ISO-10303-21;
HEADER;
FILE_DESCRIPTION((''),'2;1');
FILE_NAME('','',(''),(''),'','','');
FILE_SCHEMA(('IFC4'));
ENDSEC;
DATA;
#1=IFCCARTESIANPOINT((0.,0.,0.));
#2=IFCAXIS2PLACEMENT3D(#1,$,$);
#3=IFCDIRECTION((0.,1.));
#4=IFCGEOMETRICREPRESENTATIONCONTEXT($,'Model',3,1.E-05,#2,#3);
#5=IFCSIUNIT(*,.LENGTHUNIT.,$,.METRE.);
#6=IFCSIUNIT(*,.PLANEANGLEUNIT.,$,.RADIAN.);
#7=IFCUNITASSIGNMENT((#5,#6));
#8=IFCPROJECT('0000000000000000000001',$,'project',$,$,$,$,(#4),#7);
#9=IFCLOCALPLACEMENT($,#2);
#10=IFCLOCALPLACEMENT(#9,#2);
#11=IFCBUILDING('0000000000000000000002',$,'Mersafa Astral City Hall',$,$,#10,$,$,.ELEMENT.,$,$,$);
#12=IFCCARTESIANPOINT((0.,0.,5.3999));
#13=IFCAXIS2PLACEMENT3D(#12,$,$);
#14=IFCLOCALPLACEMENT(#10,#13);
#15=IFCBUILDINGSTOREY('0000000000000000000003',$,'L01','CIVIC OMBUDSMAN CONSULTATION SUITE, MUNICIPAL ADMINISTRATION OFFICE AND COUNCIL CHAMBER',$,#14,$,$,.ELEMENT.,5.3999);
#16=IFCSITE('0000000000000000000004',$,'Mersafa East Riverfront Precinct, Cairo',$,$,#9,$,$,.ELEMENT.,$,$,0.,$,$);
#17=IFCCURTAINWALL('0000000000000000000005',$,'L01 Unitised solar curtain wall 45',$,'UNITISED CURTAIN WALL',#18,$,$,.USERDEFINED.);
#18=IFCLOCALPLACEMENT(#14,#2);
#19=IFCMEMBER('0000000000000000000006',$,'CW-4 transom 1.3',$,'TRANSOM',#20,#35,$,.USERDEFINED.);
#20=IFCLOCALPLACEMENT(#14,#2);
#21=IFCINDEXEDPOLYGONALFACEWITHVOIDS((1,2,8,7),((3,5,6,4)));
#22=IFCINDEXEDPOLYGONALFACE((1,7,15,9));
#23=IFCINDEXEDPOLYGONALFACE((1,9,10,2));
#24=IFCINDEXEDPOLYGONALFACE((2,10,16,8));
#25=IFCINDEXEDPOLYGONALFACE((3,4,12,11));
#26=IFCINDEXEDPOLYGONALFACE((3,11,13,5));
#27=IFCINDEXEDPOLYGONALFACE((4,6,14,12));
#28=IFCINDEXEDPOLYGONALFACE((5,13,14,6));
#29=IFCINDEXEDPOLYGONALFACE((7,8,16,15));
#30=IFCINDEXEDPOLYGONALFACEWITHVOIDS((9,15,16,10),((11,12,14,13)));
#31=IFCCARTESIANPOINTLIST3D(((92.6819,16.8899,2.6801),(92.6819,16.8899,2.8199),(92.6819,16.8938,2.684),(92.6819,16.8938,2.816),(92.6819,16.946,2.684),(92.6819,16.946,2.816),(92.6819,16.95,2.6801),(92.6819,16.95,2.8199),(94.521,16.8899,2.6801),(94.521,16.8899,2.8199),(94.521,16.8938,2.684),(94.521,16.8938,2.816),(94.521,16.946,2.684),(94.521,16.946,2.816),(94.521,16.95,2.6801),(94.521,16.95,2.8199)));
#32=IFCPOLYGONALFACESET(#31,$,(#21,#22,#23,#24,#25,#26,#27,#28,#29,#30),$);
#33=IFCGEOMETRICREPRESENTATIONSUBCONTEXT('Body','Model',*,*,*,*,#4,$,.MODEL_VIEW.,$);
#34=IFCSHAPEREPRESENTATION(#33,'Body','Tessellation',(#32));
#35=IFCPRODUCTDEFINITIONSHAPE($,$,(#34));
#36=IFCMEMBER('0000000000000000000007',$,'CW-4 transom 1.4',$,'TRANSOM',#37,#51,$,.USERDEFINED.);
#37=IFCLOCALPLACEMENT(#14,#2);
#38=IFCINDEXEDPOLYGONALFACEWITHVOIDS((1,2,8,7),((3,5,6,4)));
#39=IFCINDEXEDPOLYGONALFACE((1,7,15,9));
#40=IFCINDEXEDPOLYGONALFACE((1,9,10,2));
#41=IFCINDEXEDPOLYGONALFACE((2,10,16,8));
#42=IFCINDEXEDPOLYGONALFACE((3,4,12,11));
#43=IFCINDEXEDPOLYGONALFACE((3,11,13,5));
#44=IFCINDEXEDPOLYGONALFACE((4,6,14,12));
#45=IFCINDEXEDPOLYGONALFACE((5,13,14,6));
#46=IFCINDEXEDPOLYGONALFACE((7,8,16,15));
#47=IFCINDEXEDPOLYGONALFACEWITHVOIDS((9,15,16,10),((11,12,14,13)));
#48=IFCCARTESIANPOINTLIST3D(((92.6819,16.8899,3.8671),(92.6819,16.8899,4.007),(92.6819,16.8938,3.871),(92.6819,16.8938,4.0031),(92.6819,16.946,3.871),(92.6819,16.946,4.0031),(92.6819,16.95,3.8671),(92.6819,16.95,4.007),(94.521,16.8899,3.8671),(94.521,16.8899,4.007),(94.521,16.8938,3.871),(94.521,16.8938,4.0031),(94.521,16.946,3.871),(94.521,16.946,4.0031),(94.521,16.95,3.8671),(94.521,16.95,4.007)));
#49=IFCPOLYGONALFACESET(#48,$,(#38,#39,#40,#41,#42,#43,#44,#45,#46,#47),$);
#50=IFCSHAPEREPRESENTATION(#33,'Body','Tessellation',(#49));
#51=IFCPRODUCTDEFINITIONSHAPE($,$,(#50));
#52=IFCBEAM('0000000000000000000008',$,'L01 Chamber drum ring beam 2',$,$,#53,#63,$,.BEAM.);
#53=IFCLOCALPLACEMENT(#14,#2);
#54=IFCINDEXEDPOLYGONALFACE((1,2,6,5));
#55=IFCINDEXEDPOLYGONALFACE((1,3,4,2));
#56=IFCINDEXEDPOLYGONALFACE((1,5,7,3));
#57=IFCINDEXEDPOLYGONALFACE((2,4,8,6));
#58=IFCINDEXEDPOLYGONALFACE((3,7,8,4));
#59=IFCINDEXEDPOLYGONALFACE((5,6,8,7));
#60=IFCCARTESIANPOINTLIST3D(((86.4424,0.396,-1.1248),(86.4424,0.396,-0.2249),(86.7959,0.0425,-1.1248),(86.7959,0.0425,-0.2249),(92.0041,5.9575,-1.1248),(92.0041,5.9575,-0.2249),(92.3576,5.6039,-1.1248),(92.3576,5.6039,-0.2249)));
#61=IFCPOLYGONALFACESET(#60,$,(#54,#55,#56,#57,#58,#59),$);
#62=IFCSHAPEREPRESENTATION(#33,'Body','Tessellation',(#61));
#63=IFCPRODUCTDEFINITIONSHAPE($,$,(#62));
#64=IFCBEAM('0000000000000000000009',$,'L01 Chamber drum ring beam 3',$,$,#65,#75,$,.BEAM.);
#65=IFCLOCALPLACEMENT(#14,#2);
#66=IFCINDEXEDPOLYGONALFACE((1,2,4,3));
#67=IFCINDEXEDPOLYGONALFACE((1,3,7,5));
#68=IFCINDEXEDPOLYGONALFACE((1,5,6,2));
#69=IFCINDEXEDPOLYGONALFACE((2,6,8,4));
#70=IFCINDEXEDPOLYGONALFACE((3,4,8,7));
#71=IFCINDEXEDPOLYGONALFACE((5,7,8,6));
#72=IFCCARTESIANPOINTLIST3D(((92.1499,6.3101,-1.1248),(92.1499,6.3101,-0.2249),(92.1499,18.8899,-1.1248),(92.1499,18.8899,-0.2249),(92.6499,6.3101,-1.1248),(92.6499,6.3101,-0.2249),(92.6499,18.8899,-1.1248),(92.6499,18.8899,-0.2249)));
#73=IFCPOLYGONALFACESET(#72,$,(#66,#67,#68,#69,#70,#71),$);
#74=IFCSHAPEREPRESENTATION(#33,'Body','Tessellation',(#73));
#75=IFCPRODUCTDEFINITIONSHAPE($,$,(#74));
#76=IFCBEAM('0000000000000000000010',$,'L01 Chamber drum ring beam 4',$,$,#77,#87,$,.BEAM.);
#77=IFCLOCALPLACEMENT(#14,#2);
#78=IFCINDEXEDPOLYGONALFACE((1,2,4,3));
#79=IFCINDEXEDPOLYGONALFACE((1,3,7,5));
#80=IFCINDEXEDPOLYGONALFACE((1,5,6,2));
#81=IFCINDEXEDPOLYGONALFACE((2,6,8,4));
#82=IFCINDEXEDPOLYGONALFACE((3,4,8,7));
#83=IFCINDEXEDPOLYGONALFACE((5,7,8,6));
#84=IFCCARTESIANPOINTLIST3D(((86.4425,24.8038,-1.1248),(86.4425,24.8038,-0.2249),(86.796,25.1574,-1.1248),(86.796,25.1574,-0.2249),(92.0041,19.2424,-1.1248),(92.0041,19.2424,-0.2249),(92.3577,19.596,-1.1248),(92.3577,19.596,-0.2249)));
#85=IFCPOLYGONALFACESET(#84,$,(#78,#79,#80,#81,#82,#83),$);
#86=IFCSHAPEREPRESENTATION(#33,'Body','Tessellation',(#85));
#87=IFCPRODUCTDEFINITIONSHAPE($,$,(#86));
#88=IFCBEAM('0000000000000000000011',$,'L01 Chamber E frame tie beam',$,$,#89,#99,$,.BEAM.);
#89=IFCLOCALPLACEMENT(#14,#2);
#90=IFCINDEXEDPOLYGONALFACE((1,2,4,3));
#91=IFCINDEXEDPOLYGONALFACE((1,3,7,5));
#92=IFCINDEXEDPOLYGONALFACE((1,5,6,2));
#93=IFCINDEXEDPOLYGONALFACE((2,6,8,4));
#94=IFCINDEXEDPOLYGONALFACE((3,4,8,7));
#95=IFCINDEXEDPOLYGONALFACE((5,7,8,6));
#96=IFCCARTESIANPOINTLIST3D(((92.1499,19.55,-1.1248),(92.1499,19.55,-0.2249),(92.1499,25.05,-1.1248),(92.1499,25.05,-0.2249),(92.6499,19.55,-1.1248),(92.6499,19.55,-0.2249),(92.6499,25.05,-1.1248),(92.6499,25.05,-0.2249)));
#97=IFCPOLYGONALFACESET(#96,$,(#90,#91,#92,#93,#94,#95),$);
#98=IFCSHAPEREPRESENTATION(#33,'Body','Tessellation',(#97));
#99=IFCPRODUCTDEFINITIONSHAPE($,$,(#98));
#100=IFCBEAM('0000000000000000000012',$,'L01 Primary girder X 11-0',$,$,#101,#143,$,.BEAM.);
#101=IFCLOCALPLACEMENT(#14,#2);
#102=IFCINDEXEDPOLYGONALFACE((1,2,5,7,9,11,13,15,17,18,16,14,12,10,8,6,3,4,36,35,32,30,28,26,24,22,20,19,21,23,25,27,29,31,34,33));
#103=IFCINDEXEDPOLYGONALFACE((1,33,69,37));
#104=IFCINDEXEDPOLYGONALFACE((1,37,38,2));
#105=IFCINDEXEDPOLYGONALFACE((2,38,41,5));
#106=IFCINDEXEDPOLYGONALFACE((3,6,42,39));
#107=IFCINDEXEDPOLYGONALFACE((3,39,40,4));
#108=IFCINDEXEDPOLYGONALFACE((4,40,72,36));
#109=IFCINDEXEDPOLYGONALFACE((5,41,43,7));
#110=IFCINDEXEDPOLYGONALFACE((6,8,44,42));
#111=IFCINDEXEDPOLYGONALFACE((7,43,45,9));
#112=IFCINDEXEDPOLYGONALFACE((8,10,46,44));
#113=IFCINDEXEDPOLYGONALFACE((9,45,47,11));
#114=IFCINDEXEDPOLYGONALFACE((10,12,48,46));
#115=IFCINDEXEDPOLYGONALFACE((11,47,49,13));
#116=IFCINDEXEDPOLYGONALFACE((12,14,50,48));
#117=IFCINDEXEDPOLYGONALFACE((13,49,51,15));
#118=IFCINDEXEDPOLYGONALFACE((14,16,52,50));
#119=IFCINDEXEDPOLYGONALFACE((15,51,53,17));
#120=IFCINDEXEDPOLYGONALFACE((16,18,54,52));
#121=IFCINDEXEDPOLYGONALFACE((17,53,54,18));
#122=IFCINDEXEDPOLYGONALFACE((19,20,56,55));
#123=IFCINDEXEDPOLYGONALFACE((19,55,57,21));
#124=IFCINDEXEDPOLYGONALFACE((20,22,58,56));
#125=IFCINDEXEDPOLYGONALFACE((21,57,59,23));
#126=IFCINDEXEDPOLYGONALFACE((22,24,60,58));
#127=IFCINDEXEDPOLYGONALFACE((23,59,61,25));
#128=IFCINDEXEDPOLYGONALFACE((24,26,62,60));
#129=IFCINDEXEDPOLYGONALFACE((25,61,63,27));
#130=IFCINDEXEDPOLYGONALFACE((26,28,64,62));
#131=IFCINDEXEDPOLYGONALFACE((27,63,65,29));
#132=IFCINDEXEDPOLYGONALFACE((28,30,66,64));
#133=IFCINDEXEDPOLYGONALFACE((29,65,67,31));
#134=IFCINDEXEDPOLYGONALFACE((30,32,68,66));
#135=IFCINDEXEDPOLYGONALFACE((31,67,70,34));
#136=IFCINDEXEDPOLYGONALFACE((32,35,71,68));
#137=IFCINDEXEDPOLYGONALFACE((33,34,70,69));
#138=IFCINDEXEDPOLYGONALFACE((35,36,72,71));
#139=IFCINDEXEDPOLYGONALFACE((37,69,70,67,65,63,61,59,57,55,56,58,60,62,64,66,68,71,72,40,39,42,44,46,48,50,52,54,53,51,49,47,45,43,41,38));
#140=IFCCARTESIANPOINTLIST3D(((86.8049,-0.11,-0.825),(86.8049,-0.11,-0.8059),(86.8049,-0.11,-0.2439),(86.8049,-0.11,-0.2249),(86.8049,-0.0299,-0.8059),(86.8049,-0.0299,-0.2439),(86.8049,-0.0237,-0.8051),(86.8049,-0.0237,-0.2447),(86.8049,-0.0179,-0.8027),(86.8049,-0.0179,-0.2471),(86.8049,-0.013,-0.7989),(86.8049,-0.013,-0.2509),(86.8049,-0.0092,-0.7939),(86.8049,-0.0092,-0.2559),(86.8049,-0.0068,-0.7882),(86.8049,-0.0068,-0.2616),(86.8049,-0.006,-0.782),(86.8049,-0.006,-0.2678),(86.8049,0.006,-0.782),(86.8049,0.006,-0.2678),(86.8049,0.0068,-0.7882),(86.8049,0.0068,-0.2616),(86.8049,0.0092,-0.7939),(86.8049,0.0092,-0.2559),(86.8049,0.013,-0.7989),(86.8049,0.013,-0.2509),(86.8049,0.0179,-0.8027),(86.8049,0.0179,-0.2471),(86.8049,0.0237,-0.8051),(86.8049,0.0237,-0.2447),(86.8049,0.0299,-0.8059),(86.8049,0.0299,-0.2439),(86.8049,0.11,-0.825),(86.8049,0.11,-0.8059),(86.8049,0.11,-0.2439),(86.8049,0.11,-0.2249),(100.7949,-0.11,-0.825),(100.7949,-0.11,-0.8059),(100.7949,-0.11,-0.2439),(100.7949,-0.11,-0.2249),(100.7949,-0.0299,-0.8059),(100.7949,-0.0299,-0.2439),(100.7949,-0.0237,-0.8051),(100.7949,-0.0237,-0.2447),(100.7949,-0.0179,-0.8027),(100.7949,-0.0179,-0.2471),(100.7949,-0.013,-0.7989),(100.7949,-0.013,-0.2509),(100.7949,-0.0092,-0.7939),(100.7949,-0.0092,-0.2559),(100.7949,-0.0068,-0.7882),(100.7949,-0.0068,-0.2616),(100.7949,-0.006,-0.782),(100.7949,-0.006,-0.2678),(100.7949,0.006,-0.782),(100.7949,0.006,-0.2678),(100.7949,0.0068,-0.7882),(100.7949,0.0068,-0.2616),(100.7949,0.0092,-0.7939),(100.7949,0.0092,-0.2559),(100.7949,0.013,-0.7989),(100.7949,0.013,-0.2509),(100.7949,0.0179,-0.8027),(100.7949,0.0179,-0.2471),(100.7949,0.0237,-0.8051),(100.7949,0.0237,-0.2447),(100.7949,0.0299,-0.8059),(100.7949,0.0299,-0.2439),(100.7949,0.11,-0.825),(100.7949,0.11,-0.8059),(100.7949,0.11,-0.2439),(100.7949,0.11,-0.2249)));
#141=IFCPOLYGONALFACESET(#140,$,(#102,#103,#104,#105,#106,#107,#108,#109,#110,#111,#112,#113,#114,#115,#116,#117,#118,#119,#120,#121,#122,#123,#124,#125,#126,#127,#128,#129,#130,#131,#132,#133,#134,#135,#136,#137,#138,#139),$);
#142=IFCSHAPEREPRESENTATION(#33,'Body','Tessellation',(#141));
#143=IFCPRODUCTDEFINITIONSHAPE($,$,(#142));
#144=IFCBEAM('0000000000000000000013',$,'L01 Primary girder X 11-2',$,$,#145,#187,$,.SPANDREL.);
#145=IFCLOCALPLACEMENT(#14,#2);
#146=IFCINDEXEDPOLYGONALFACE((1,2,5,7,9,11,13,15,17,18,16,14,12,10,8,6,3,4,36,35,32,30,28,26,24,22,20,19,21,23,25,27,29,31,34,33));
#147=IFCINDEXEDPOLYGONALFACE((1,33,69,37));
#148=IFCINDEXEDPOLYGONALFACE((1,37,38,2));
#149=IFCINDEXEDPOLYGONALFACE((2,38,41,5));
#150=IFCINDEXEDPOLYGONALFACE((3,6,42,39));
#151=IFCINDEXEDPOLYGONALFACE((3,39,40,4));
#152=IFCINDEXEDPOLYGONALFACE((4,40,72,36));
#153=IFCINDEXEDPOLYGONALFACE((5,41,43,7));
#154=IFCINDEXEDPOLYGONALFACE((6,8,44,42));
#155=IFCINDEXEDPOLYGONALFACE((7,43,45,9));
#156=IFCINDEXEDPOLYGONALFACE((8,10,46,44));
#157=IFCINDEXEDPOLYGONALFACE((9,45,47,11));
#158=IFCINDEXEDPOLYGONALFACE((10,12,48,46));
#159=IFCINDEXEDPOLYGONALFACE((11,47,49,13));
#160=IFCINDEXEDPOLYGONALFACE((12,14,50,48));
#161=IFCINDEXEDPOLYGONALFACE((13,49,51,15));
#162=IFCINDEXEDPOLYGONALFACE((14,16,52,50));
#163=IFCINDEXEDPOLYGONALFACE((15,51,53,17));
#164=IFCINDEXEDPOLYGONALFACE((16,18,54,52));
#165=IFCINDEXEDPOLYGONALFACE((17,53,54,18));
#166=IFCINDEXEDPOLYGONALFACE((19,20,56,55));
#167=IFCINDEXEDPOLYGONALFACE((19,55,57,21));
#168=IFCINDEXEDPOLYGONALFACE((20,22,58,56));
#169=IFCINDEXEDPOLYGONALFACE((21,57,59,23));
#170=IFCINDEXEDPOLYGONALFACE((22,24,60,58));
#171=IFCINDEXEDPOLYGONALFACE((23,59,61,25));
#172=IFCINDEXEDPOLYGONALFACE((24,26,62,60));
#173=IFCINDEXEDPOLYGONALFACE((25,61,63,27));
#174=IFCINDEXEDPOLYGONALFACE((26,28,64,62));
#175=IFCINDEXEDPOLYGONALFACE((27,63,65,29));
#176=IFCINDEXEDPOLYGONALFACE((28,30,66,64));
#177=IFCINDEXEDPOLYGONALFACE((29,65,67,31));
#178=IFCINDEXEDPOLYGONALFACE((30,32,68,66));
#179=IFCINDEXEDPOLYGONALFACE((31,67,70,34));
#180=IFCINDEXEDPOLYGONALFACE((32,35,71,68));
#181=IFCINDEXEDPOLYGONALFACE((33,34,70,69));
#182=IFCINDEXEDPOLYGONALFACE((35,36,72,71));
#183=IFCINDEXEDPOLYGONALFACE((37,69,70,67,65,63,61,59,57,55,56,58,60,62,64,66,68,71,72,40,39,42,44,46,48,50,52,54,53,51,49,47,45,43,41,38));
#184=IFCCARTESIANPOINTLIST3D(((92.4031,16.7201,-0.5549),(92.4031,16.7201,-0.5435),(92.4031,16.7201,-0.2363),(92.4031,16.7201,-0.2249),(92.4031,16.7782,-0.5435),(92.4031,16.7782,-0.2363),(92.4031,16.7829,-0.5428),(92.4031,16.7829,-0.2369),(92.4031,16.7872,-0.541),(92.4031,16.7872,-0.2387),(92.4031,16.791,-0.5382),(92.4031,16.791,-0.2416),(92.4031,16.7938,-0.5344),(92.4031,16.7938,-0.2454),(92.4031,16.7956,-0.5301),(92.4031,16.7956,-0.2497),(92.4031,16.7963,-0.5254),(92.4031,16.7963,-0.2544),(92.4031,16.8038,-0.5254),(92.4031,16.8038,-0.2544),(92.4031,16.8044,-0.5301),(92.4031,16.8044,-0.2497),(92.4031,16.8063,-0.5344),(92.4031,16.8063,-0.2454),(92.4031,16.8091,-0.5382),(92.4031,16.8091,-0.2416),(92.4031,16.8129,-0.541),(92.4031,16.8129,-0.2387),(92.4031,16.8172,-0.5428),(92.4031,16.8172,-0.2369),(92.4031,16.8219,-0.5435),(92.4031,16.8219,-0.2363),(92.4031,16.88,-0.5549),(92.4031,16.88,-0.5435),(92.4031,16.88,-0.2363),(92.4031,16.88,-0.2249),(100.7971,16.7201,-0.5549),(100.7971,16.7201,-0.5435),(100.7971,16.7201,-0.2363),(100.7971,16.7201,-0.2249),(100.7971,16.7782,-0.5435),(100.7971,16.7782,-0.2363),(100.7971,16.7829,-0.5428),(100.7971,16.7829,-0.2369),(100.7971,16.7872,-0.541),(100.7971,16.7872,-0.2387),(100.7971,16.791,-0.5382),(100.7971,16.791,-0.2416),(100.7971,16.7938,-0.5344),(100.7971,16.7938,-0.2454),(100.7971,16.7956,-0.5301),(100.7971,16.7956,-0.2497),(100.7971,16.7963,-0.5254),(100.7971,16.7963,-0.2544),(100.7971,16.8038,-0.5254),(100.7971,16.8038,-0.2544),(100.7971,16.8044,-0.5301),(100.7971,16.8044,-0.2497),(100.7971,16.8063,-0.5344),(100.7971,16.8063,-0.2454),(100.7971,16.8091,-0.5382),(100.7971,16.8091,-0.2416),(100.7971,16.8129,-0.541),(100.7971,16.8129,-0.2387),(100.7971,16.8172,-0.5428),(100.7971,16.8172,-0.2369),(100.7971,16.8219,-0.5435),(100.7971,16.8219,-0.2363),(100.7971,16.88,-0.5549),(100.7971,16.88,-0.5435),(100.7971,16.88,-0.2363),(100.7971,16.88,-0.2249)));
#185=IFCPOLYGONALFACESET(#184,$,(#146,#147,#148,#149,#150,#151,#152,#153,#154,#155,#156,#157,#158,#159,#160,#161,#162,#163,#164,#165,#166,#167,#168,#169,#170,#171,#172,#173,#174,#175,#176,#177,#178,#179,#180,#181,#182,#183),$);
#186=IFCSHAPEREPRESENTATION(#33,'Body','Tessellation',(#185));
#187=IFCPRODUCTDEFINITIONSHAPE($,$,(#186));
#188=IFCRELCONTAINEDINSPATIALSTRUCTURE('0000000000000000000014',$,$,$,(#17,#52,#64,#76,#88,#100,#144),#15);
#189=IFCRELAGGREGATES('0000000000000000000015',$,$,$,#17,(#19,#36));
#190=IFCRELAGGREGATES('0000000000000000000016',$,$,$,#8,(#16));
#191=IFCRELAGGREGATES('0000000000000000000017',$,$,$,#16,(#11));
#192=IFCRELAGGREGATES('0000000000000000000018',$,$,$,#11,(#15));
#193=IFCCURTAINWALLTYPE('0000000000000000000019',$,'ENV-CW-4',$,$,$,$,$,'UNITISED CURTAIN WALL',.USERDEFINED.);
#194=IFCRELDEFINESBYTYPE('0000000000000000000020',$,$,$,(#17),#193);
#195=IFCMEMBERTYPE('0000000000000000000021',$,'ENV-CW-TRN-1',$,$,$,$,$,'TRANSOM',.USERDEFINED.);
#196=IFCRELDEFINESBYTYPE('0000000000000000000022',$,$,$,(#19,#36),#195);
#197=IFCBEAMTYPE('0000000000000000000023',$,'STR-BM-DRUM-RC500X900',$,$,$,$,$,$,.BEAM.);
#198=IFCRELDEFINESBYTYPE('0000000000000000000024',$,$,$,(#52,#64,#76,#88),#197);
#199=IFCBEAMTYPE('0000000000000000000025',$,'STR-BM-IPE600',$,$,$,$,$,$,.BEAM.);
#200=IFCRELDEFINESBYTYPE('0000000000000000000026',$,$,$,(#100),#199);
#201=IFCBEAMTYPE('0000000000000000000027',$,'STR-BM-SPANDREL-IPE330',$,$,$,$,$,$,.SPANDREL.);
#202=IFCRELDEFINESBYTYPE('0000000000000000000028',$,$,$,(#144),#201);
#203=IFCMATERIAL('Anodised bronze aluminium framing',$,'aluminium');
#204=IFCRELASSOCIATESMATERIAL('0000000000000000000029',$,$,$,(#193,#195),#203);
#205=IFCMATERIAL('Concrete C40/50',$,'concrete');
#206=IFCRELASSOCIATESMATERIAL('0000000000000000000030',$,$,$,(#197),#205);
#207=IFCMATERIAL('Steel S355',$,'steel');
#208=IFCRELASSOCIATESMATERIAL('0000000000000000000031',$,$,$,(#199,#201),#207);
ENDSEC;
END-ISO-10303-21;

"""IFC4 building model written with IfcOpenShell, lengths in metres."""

from ifc_helpers import new_model, si_unit, direction, frame, origin, origin_2d, place, context, subcontext, project, spatial, rectangle, hollow_rectangle, i_section, extrude, material, material_profile, profile_set, type_object, element, aggregate, save


model = new_model("IFC4")

# Units and contexts
model_context = context("Model", 3, precision=1e-05, world=origin(), true_north=direction((0.0, 1.0)))
body_context = subcontext(model_context, "Body", "Model", "MODEL_VIEW")
ifc_project = project(units=[si_unit("LENGTHUNIT", "METRE"), si_unit("PLANEANGLEUNIT", "RADIAN")], contexts=[model_context])

# Site, building, storey
site_placement = place(None, origin())
site = spatial("IfcSite", under=ifc_project, at=site_placement, Name="Mersafa East Riverfront Precinct, Cairo", CompositionType="ELEMENT", RefElevation=0.0)
building_placement = place(site_placement, origin())
building = spatial("IfcBuilding", under=site, at=building_placement, Name="Mersafa Astral City Hall", CompositionType="ELEMENT")
storey_placement = place(building_placement, frame((0.0, 0.0, 5.3999)))
storey = spatial("IfcBuildingStorey", under=building, at=storey_placement, Name="L01", Description="CIVIC OMBUDSMAN CONSULTATION SUITE, MUNICIPAL ADMINISTRATION OFFICE AND COUNCIL CHAMBER", CompositionType="ELEMENT", Elevation=5.3999)

# Shared definitions
ifc_material_1 = material(Name="Steel S355", Category="steel")
ifc_material_2 = material(Name="Concrete C40/50", Category="concrete")

# Curtain wall, members
ifc_material_3 = material(Name="Anodised bronze aluminium framing", Category="aluminium")
curtain_wall_type = type_object("IfcCurtainWallType", Name="ENV-CW-4", ElementType="UNITISED CURTAIN WALL", PredefinedType="USERDEFINED", material=ifc_material_3)
curtain_wall_placement = place(storey_placement, origin())
curtain_wall = element("IfcCurtainWall", 1, at=curtain_wall_placement, inside=storey, type_object=curtain_wall_type, Name="L01 Unitised solar curtain wall 45", ObjectType="UNITISED CURTAIN WALL", PredefinedType="USERDEFINED")
ifc_material_profile_1 = material_profile(ifc_material_3, hollow_rectangle(XDim=0.0601, YDim=0.1399, WallThickness=0.0039, at=origin_2d()), Name="RHS 60x140x4")
ifc_profile_set_1 = profile_set([ifc_material_profile_1], Name="Anodised bronze aluminium framing")
member_type_1 = type_object("IfcMemberType", Name="ENV-CW-TRN-1", ElementType="TRANSOM", PredefinedType="USERDEFINED", material=ifc_profile_set_1)
member_1_placement = place(storey_placement, frame((92.6819, 16.9199, 2.75), z_axis=(1.0, 0.0, 0.0), x_axis=(0.0, 1.0, 0.0)))
member_1 = element("IfcMember", 2, at=member_1_placement, type_object=member_type_1, Name="CW-4 transom 1.3", ObjectType="TRANSOM", PredefinedType="USERDEFINED", context=body_context, shape_type="SweptSolid", body=[
    extrude(hollow_rectangle(XDim=0.0601, YDim=0.1399, WallThickness=0.0039, at=origin_2d()), origin(), (0.0, 0.0, 1.0), 1.8391),
])
member_2_placement = place(storey_placement, frame((92.6819, 16.9199, 3.937), z_axis=(1.0, 0.0, 0.0), x_axis=(0.0, 1.0, 0.0)))
member_2 = element("IfcMember", 3, at=member_2_placement, type_object=member_type_1, Name="CW-4 transom 1.4", ObjectType="TRANSOM", PredefinedType="USERDEFINED", context=body_context, shape_type="SweptSolid", body=[
    extrude(hollow_rectangle(XDim=0.0601, YDim=0.1399, WallThickness=0.0039, at=origin_2d()), origin(), (0.0, 0.0, 1.0), 1.8391),
])
aggregate(curtain_wall, [member_1, member_2])

# Beams
ifc_material_profile_2 = material_profile(ifc_material_2, rectangle(XDim=0.5, YDim=0.8999, at=origin_2d()), Name="RC 500x900")
ifc_profile_set_2 = profile_set([ifc_material_profile_2], Name="Concrete C40/50")
beam_type_1 = type_object("IfcBeamType", Name="STR-BM-DRUM-RC500X900", PredefinedType="BEAM", material=ifc_profile_set_2)
beam_1_placement = place(storey_placement, frame((86.6191, 0.2192, -0.6748), z_axis=(0.707122, 0.707091, 0.0), x_axis=(-0.707091, 0.707122, 0.0)))
element("IfcBeam", 4, at=beam_1_placement, inside=storey, type_object=beam_type_1, Name="L01 Chamber drum ring beam 2", PredefinedType="BEAM", context=body_context, shape_type="SweptSolid", body=[
    extrude(rectangle(XDim=0.5, YDim=0.8999, at=origin_2d()), origin(), (0.0, 0.0, 1.0), 7.8652),
])
beam_2_placement = place(storey_placement, frame((92.3999, 6.3101, -0.6748), z_axis=(0.0, 1.0, 0.0), x_axis=(-1.0, 0.0, 0.0)))
element("IfcBeam", 5, at=beam_2_placement, inside=storey, type_object=beam_type_1, Name="L01 Chamber drum ring beam 3", PredefinedType="BEAM", context=body_context, shape_type="SweptSolid", body=[
    extrude(rectangle(XDim=0.5, YDim=0.8999, at=origin_2d()), origin(), (0.0, 0.0, 1.0), 12.5798),
])
beam_3_placement = place(storey_placement, frame((92.1809, 19.4192, -0.6748), z_axis=(-0.707122, 0.707091, 0.0), x_axis=(-0.707091, -0.707122, 0.0)))
element("IfcBeam", 6, at=beam_3_placement, inside=storey, type_object=beam_type_1, Name="L01 Chamber drum ring beam 4", PredefinedType="BEAM", context=body_context, shape_type="SweptSolid", body=[
    extrude(rectangle(XDim=0.5, YDim=0.8999, at=origin_2d()), origin(), (0.0, 0.0, 1.0), 7.8652),
])
beam_4_placement = place(storey_placement, frame((92.3999, 19.55, -0.6748), z_axis=(0.0, 1.0, 0.0), x_axis=(-1.0, 0.0, 0.0)))
element("IfcBeam", 7, at=beam_4_placement, inside=storey, type_object=beam_type_1, Name="L01 Chamber E frame tie beam", PredefinedType="BEAM", context=body_context, shape_type="SweptSolid", body=[
    extrude(rectangle(XDim=0.5, YDim=0.8999, at=origin_2d()), origin(), (0.0, 0.0, 1.0), 5.5),
])
ifc_material_profile_3 = material_profile(ifc_material_1, i_section(OverallWidth=0.22, OverallDepth=0.6001, WebThickness=0.012, FlangeThickness=0.019, FilletRadius=0.0239, at=origin_2d()), Name="IPE 600")
ifc_profile_set_3 = profile_set([ifc_material_profile_3], Name="Steel S355")
beam_type_2 = type_object("IfcBeamType", Name="STR-BM-IPE600", PredefinedType="BEAM", material=ifc_profile_set_3)
beam_5_placement = place(storey_placement, frame((86.8049, 0.0, -0.5249), z_axis=(1.0, 0.0, 0.0), x_axis=(0.0, 1.0, 0.0)))
element("IfcBeam", 8, at=beam_5_placement, inside=storey, type_object=beam_type_2, Name="L01 Primary girder X 11-0", PredefinedType="BEAM", context=body_context, shape_type="SweptSolid", body=[
    extrude(i_section(OverallWidth=0.22, OverallDepth=0.6001, WebThickness=0.012, FlangeThickness=0.019, FilletRadius=0.0239, at=origin_2d()), origin(), (0.0, 0.0, 1.0), 13.99),
])
ifc_material_profile_4 = material_profile(ifc_material_1, i_section(OverallWidth=0.1599, OverallDepth=0.3301, WebThickness=0.0076, FlangeThickness=0.0115, FilletRadius=0.0181, at=origin_2d()), Name="IPE 330")
ifc_profile_set_4 = profile_set([ifc_material_profile_4], Name="Steel S355")
beam_type_3 = type_object("IfcBeamType", Name="STR-BM-SPANDREL-IPE330", PredefinedType="SPANDREL", material=ifc_profile_set_4)
beam_6_placement = place(storey_placement, frame((92.4031, 16.8, -0.3899), z_axis=(1.0, 0.0, 0.0), x_axis=(0.0, 1.0, 0.0)))
element("IfcBeam", 9, at=beam_6_placement, inside=storey, type_object=beam_type_3, Name="L01 Primary girder X 11-2", PredefinedType="SPANDREL", context=body_context, shape_type="SweptSolid", body=[
    extrude(i_section(OverallWidth=0.1599, OverallDepth=0.3301, WebThickness=0.0076, FlangeThickness=0.0115, FilletRadius=0.0181, at=origin_2d()), origin(), (0.0, 0.0, 1.0), 8.394),
])

save(model, "model.ifc")
